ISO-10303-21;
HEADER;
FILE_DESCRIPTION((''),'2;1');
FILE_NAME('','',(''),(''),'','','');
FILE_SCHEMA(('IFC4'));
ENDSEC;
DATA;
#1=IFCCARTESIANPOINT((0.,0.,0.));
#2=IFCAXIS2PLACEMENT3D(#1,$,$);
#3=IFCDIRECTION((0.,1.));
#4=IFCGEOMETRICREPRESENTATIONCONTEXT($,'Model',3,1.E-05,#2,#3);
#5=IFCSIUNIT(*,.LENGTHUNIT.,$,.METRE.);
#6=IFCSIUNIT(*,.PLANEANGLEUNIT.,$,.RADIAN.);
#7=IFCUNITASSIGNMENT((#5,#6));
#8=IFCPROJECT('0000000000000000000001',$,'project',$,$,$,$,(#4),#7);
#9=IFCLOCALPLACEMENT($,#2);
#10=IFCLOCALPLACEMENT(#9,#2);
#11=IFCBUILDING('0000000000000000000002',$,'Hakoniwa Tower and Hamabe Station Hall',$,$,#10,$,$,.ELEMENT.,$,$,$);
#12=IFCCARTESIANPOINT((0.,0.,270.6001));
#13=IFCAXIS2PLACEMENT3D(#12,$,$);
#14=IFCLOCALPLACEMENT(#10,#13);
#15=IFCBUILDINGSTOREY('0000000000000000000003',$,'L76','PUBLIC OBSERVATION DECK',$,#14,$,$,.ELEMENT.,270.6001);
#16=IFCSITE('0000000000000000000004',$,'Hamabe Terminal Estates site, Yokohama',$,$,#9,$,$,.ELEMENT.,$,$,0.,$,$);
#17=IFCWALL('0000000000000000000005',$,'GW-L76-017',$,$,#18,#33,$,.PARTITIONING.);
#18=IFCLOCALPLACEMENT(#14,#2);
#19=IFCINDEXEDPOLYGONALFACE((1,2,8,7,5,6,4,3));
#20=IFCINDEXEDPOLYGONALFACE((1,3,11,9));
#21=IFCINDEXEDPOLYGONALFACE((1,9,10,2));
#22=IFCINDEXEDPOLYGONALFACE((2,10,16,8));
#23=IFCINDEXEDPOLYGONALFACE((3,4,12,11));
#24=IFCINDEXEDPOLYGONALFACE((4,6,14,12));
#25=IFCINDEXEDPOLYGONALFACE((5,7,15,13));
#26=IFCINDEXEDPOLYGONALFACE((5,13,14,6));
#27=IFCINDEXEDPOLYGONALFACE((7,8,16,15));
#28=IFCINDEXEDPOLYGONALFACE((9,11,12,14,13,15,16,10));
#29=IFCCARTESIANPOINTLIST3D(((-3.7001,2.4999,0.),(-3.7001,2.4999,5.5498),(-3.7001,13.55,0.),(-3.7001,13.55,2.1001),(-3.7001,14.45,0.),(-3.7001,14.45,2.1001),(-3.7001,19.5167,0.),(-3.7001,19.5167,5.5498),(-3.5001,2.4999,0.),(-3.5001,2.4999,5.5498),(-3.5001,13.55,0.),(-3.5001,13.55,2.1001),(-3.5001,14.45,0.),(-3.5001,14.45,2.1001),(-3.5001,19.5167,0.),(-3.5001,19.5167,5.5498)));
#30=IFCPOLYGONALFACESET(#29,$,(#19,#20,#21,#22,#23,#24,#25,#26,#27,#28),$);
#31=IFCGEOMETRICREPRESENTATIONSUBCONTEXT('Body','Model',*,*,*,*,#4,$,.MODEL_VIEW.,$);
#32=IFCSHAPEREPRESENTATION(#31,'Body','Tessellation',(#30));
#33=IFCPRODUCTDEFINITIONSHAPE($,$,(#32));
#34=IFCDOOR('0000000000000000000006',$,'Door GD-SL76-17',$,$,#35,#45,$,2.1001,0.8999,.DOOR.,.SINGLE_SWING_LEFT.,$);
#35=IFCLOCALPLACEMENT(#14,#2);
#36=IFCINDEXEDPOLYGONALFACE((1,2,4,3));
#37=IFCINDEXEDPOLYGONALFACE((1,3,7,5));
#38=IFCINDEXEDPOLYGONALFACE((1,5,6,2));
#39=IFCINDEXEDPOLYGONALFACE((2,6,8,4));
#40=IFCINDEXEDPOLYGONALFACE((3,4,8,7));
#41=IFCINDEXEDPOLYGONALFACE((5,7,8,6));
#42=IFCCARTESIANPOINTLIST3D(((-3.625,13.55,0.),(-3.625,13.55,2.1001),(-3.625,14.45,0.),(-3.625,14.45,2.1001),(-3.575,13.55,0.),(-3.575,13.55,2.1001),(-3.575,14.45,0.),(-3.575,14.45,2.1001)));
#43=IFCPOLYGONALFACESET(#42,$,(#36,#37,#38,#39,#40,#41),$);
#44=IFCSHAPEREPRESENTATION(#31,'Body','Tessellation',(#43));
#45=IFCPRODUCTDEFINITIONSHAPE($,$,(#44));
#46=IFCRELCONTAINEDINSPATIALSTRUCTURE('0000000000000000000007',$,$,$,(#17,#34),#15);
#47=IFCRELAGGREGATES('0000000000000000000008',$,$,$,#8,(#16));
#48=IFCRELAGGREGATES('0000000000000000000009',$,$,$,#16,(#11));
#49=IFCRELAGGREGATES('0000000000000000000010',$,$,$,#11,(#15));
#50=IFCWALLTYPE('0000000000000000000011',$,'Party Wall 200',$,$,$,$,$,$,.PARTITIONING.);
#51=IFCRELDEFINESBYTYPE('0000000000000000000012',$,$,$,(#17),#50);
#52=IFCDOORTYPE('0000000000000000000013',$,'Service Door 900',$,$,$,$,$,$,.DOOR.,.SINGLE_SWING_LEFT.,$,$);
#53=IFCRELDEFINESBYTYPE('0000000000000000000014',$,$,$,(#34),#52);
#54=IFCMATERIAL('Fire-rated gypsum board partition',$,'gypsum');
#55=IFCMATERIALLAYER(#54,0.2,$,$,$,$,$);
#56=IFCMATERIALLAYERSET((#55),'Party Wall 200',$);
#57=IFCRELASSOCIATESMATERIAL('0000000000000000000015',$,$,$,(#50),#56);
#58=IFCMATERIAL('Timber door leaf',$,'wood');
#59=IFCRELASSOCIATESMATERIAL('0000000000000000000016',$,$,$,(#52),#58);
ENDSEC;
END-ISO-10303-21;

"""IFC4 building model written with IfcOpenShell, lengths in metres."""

from ifc_helpers import new_model, si_unit, direction, frame, frame_2d, origin, place, context, subcontext, project, spatial, rectangle, extrude, material, layer, layer_set, type_object, element, fill, save


model = new_model("IFC4")

# Units and contexts
model_context = context("Model", 3, precision=1e-05, world=origin(), true_north=direction((0.0, 1.0)))
body_context = subcontext(model_context, "Body", "Model", "MODEL_VIEW")
ifc_project = project(units=[si_unit("LENGTHUNIT", "METRE"), si_unit("PLANEANGLEUNIT", "RADIAN")], contexts=[model_context])

# Site, building, storey
site_placement = place(None, origin())
site = spatial("IfcSite", under=ifc_project, at=site_placement, Name="Hamabe Terminal Estates site, Yokohama", CompositionType="ELEMENT", RefElevation=0.0)
building_placement = place(site_placement, origin())
building = spatial("IfcBuilding", under=site, at=building_placement, Name="Hakoniwa Tower and Hamabe Station Hall", CompositionType="ELEMENT")
storey_placement = place(building_placement, frame((0.0, 0.0, 270.6001)))
storey = spatial("IfcBuildingStorey", under=building, at=storey_placement, Name="L76", Description="PUBLIC OBSERVATION DECK", CompositionType="ELEMENT", Elevation=270.6001)

# Wall, opening, door
ifc_material_1 = material(Name="Fire-rated gypsum board partition", Category="gypsum")
ifc_layer_1 = layer(ifc_material_1, 0.2)
ifc_layer_set_1 = layer_set([ifc_layer_1], Name="Party Wall 200")
wall_type = type_object("IfcWallType", Name="Party Wall 200", PredefinedType="PARTITIONING", material=ifc_layer_set_1)
wall_placement = place(storey_placement, frame((-3.6001, 2.5, 0.0), z_axis=(0.0, 0.0, 1.0), x_axis=(0.0, 1.0, 0.0)))
wall = element("IfcWall", 1, at=wall_placement, inside=storey, type_object=wall_type, Name="GW-L76-017", PredefinedType="PARTITIONING", context=body_context, shape_type="SweptSolid", body=[
    extrude(rectangle(XDim=17.0168, YDim=0.2, at=frame_2d((8.5083, 0.0))), origin(), (0.0, 0.0, 1.0), 5.5498),
])
opening_placement = place(wall_placement, frame((11.05, 0.0, 0.0)))
opening = element("IfcOpeningElement", 2, at=opening_placement, cuts=wall, PredefinedType="OPENING", context=body_context, shape_type="SweptSolid", body=[
    extrude(rectangle(XDim=0.8999, YDim=2.1001, at=frame_2d((0.45, 1.05))), frame((0.0, 0.1099, 0.0), z_axis=(0.0, -1.0, 0.0), x_axis=(1.0, 0.0, 0.0)), (0.0, 0.0, 1.0), 0.22),
])
ifc_material_2 = material(Name="Timber door leaf", Category="wood")
door_type = type_object("IfcDoorType", Name="Service Door 900", OperationType="SINGLE_SWING_LEFT", PredefinedType="DOOR", material=ifc_material_2)
door_placement = place(opening_placement, origin())
door = element("IfcDoor", 3, at=door_placement, inside=storey, type_object=door_type, Name="Door GD-SL76-17", OperationType="SINGLE_SWING_LEFT", OverallHeight=2.1001, OverallWidth=0.8999, PredefinedType="DOOR", context=body_context, shape_type="SweptSolid", body=[
    extrude(rectangle(XDim=0.8999, YDim=2.1001, at=frame_2d((0.45, 1.05))), frame((0.0, 0.0249, 0.0), z_axis=(0.0, -1.0, 0.0), x_axis=(1.0, 0.0, 0.0)), (0.0, 0.0, 1.0), 0.05),
])
fill(opening, door)

save(model, "model.ifc")
